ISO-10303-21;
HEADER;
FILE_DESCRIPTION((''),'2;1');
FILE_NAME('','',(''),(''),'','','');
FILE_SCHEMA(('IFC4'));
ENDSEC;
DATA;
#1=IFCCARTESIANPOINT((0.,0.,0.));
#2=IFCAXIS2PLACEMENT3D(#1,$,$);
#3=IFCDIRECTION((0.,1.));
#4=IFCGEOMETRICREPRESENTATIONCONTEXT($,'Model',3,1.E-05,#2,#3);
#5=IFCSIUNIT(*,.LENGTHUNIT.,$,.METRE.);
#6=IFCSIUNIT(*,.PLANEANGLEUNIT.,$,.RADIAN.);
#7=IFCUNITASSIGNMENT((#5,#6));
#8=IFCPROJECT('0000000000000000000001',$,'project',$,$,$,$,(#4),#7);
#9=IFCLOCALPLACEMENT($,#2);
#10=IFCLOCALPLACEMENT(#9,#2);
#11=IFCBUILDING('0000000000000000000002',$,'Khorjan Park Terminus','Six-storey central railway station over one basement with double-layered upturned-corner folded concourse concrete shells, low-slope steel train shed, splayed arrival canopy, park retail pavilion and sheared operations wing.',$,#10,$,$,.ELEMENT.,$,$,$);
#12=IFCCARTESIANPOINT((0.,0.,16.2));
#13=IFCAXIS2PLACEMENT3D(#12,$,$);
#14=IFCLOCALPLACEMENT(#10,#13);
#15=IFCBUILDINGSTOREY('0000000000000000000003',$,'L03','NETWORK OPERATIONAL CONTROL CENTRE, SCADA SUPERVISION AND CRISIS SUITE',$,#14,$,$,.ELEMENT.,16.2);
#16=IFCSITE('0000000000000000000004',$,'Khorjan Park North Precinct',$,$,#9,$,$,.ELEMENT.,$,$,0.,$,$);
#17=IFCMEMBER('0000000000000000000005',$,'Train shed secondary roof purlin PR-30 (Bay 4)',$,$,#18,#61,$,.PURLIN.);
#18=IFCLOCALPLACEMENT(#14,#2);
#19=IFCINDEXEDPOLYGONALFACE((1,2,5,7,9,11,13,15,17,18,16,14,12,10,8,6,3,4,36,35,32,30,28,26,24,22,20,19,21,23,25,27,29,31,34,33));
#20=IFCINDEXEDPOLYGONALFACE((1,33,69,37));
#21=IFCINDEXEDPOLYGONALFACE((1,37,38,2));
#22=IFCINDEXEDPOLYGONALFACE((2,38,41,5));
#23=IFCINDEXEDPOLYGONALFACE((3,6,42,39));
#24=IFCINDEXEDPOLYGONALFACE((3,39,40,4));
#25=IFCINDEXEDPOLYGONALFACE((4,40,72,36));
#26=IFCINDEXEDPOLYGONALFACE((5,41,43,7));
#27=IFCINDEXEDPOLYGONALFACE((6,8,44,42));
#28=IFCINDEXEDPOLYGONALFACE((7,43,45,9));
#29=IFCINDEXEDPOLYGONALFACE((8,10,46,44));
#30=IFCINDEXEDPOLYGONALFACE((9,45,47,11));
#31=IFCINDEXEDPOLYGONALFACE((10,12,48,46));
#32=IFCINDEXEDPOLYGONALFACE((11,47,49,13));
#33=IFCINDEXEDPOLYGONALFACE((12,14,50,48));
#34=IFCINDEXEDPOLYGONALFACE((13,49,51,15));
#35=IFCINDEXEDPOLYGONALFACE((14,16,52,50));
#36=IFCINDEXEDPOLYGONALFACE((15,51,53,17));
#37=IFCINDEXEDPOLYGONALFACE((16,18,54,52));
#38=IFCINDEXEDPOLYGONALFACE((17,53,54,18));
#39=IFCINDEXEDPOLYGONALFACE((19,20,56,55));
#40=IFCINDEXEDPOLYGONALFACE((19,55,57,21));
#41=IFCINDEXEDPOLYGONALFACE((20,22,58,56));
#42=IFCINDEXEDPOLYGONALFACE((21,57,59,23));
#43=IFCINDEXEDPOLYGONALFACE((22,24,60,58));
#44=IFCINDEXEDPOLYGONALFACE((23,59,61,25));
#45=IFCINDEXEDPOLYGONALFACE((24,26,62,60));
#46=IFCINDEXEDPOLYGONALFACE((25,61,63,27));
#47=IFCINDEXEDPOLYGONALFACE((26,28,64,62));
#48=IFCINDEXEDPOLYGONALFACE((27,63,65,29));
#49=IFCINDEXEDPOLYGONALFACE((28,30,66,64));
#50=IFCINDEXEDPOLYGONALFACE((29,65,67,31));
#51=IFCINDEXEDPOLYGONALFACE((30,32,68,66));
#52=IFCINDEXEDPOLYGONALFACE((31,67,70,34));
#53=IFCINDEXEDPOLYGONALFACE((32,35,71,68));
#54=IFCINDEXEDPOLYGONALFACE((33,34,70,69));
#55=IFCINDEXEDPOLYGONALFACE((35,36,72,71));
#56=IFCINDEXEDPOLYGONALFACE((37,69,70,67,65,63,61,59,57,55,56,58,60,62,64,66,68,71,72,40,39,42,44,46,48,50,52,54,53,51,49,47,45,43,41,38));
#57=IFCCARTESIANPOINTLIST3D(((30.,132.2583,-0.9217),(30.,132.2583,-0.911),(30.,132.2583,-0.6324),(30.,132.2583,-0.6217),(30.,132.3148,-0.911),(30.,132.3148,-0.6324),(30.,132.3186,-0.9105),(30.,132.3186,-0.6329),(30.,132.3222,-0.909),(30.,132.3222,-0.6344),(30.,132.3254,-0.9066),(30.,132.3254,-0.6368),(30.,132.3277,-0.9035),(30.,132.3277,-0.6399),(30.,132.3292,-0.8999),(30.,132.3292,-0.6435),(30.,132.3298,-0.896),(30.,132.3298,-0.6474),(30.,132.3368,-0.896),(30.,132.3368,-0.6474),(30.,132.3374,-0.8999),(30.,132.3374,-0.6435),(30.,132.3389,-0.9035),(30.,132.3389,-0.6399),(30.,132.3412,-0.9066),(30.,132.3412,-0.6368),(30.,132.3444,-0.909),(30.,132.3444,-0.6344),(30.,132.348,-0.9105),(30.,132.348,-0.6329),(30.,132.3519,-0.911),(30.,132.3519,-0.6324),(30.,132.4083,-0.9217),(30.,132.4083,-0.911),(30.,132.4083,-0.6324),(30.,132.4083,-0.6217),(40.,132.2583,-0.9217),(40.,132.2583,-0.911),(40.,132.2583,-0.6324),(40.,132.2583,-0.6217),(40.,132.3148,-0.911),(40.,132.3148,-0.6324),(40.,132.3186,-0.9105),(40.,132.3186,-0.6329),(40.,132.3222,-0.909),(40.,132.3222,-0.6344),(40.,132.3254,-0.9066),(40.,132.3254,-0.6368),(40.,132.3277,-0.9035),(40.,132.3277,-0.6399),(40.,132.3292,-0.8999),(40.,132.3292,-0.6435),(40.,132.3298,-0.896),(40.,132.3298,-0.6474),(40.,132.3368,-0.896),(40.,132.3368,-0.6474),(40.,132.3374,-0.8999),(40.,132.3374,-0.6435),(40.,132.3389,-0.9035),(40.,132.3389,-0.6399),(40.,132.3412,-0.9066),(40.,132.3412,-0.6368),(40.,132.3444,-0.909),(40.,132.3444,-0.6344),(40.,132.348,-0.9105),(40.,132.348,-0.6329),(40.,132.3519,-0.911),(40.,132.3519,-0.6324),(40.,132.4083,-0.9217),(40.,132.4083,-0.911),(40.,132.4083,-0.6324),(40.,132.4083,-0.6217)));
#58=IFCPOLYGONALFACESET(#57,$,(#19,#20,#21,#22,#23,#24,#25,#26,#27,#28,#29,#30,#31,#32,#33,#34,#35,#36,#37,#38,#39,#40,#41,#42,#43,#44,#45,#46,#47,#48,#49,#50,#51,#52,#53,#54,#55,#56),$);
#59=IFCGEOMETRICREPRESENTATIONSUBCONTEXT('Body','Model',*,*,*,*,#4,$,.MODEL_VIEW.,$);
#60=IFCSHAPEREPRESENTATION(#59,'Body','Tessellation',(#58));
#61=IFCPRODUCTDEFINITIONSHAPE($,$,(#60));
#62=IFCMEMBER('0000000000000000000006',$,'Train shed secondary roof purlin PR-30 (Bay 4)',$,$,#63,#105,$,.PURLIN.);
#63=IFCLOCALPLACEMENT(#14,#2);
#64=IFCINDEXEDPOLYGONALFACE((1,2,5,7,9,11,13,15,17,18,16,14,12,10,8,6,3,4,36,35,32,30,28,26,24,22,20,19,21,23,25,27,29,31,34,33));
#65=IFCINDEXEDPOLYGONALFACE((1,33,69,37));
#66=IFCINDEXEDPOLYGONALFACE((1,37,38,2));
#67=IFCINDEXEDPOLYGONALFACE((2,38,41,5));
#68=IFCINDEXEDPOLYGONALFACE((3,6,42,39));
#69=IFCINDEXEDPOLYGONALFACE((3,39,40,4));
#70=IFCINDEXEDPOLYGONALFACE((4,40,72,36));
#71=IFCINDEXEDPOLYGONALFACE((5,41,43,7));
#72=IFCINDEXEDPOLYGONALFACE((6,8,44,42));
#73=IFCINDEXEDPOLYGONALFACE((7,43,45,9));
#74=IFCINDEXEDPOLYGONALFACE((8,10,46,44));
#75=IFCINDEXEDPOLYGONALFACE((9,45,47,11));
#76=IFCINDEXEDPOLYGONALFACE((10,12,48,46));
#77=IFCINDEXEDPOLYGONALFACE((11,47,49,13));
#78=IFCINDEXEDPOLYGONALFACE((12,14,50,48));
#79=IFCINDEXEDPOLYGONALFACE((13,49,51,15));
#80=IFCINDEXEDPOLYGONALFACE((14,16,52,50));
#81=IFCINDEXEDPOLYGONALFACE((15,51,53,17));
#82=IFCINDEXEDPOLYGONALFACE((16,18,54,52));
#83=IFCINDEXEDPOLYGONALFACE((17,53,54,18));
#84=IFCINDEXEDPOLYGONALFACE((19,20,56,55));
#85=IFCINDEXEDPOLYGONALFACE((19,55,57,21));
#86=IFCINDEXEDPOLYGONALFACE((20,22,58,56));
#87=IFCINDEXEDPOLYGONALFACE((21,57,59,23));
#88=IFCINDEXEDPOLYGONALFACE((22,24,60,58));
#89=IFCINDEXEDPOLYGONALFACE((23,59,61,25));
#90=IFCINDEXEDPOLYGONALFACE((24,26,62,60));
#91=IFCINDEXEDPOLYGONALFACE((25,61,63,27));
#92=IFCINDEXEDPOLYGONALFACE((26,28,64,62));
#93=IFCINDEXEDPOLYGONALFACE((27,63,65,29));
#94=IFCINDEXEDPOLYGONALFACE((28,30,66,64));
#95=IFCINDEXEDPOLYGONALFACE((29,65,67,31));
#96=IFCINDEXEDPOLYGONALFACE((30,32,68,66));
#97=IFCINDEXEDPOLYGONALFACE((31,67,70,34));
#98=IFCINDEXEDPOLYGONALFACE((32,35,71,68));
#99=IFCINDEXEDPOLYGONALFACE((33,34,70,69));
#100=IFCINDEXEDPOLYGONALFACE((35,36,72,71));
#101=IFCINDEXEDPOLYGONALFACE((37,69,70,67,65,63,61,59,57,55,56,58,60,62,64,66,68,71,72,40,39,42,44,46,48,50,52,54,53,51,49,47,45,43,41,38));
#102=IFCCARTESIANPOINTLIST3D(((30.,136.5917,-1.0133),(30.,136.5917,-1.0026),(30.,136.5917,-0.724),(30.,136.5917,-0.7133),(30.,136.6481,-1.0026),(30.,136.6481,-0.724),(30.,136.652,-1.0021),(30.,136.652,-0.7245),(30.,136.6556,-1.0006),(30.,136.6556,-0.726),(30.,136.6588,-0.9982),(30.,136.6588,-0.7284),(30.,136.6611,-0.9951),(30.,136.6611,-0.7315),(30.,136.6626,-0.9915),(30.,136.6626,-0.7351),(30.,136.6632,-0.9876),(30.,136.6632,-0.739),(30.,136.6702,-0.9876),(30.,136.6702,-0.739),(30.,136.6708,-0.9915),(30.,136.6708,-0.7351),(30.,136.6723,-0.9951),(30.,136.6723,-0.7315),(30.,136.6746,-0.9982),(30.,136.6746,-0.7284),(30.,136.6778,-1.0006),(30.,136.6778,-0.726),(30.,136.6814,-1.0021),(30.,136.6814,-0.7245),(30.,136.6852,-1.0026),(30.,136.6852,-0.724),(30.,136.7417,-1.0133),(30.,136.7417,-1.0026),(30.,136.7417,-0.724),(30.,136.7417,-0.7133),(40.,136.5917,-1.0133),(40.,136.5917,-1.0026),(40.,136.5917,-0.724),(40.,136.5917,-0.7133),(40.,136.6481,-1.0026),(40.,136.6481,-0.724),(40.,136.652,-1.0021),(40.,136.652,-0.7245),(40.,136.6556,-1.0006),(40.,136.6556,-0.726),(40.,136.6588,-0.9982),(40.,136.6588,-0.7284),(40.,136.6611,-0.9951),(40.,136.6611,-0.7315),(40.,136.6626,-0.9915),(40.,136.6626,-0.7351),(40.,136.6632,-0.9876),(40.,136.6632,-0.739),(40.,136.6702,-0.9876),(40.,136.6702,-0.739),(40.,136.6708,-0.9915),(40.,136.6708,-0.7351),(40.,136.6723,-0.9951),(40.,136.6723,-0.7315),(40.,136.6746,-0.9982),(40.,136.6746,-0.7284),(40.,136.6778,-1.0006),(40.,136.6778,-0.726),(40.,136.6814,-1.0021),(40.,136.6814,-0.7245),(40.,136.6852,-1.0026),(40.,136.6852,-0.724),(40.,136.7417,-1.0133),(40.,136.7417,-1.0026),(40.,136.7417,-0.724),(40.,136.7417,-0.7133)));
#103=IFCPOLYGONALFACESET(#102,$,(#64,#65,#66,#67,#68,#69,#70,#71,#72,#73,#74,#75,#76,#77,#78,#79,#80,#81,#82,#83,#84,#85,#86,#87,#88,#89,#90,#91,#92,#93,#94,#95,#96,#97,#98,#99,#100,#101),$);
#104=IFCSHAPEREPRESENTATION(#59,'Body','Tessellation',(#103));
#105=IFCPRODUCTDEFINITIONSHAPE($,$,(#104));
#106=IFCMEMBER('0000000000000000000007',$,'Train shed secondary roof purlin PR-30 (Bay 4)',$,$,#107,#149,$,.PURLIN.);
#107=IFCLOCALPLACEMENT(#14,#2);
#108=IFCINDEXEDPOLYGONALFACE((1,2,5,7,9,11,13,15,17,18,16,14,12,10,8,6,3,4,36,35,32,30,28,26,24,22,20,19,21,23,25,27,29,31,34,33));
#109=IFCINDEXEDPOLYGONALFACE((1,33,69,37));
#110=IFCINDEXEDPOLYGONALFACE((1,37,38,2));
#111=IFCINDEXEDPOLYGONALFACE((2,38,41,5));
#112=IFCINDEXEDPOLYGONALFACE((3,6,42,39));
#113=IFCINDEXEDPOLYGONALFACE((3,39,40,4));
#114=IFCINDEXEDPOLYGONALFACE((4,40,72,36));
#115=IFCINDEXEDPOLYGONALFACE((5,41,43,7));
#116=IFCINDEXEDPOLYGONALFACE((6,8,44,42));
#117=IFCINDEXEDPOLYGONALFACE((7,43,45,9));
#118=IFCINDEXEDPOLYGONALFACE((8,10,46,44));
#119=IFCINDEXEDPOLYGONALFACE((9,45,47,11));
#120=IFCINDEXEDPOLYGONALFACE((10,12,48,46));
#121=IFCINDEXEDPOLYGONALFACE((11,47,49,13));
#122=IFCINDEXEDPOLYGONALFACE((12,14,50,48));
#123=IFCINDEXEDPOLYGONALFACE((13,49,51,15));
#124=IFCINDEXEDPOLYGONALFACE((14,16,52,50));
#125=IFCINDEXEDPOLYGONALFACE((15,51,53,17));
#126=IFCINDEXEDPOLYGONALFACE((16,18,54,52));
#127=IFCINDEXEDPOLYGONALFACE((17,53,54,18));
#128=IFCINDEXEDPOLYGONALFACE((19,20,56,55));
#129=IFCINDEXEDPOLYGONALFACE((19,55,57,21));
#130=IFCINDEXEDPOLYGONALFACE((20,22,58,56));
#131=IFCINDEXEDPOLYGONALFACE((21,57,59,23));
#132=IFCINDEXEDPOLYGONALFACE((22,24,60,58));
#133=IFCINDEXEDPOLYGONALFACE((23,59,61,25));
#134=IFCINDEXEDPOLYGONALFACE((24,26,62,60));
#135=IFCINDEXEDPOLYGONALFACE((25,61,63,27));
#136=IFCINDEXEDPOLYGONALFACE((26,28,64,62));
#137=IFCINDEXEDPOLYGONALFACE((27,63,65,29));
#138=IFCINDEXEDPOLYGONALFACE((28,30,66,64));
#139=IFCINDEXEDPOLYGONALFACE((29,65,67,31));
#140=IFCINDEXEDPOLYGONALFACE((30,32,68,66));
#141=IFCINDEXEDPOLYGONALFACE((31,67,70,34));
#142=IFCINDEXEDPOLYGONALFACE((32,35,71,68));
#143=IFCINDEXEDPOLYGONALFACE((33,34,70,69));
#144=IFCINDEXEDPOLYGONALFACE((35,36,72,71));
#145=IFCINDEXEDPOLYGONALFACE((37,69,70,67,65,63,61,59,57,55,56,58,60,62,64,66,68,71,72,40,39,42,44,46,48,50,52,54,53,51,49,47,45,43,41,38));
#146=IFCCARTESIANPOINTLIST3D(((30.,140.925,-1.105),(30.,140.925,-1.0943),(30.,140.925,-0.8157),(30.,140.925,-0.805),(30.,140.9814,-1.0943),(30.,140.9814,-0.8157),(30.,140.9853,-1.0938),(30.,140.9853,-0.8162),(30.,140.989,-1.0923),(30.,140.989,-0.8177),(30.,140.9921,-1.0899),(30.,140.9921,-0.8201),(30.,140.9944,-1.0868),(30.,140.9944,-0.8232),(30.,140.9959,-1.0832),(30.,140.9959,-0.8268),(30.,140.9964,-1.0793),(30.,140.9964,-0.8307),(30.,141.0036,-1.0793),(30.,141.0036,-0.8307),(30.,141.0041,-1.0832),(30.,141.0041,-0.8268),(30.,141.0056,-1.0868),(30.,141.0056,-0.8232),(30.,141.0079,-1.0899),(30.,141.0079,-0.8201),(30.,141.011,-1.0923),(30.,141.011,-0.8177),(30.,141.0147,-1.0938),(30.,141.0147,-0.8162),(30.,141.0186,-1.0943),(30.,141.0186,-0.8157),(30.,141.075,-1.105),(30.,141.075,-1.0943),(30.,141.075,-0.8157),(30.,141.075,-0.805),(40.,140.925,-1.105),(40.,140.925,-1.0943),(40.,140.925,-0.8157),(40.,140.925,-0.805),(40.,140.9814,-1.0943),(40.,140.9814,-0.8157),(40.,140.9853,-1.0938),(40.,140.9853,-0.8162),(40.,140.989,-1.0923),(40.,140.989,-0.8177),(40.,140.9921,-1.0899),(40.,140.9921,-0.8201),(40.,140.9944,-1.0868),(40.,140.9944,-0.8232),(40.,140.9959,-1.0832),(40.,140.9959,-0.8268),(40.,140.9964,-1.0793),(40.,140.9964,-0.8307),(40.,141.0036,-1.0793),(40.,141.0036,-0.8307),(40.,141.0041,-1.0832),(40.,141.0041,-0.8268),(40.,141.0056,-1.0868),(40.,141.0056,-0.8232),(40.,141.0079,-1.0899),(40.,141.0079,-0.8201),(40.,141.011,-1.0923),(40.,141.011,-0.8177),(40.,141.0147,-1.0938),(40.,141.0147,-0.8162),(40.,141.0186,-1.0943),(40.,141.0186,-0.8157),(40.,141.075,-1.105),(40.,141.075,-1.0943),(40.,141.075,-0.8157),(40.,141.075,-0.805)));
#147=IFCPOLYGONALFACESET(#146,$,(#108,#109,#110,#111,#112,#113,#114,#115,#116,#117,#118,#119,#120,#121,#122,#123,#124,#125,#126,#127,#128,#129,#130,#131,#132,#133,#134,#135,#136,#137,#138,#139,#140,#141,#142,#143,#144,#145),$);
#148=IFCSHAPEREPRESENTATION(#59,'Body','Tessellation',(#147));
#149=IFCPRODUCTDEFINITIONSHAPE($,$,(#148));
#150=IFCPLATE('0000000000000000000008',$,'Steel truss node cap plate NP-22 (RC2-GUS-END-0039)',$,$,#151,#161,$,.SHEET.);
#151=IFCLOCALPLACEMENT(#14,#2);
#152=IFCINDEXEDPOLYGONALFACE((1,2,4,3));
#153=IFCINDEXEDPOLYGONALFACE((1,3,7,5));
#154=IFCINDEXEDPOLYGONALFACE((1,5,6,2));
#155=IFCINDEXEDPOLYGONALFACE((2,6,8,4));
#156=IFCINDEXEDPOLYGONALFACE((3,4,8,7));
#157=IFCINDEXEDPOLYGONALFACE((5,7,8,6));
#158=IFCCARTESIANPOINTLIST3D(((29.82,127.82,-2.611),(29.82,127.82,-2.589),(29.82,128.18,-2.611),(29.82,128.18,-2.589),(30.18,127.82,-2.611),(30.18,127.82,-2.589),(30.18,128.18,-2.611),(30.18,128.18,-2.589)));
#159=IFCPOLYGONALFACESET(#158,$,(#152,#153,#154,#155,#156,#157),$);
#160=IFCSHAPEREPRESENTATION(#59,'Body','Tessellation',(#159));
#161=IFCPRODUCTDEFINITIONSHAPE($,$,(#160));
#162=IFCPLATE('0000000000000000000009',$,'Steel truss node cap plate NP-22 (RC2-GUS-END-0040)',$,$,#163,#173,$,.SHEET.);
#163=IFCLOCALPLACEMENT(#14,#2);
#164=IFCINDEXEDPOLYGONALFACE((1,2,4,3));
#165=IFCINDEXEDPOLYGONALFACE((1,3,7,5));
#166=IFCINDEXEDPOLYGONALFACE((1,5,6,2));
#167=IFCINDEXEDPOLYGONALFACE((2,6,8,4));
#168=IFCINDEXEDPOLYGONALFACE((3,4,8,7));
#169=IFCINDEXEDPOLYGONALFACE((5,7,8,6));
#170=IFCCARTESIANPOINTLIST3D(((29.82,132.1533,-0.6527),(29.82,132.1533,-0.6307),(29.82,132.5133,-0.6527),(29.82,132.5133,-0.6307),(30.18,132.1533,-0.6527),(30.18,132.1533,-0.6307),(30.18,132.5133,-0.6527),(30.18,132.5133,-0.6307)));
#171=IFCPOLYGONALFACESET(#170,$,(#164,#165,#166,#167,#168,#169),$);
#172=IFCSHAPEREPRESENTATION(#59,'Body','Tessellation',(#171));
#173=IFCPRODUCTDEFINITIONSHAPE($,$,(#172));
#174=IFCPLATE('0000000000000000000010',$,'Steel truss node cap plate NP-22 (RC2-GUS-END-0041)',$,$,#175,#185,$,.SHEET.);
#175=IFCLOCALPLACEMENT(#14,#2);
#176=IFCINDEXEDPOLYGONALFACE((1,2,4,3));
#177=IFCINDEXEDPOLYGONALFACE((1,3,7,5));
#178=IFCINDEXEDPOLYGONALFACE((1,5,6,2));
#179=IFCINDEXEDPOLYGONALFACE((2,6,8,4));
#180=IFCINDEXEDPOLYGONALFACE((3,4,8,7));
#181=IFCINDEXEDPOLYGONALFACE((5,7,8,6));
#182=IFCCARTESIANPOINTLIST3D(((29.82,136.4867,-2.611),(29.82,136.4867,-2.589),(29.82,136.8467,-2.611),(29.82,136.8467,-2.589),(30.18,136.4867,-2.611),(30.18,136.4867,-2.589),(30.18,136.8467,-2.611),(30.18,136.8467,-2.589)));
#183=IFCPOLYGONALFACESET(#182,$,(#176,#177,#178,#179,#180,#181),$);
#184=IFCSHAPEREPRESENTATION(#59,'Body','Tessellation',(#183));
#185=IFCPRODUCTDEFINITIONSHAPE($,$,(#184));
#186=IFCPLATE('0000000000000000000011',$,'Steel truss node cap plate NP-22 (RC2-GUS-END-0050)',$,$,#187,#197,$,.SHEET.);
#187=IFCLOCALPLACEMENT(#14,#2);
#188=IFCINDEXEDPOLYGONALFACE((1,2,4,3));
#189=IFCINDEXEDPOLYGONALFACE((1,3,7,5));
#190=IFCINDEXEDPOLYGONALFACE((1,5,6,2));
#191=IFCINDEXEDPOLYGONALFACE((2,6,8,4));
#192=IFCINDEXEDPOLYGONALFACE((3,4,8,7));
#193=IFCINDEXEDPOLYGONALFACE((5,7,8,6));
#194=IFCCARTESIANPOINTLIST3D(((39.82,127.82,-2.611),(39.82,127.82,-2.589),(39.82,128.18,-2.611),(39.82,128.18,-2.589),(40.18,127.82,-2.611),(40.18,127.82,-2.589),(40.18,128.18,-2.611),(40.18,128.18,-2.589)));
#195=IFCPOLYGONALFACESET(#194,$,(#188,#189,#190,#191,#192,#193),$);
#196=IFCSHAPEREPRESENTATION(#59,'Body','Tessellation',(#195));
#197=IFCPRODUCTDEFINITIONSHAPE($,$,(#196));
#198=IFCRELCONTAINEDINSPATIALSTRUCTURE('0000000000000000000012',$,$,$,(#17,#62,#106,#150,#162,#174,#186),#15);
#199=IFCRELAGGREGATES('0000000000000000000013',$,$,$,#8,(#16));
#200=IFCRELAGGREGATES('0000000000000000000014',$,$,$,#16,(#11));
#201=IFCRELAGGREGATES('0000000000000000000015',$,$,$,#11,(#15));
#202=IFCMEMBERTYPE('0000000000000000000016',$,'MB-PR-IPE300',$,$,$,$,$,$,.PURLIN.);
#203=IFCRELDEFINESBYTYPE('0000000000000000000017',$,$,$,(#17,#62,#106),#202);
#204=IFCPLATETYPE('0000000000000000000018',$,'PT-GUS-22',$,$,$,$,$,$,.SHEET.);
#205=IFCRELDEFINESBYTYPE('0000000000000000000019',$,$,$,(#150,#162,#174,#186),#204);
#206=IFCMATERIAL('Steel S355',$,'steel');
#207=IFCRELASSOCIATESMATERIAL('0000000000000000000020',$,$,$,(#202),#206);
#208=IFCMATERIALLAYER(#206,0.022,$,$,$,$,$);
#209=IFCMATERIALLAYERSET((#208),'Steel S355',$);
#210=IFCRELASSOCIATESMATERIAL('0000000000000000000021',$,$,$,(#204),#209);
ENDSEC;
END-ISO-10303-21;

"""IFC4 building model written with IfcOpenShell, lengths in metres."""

from ifc_helpers import new_model, si_unit, direction, frame, origin, origin_2d, place, context, subcontext, project, spatial, rectangle, i_section, extrude, material, layer, layer_set, material_profile, profile_set, type_object, element, save


model = new_model("IFC4")

# Units and contexts
model_context = context("Model", 3, precision=1e-05, world=origin(), true_north=direction((0.0, 1.0)))
body_context = subcontext(model_context, "Body", "Model", "MODEL_VIEW")
ifc_project = project(units=[si_unit("LENGTHUNIT", "METRE"), si_unit("PLANEANGLEUNIT", "RADIAN")], contexts=[model_context])

# Site, building, storey
site_placement = place(None, origin())
site = spatial("IfcSite", under=ifc_project, at=site_placement, Name="Khorjan Park North Precinct", CompositionType="ELEMENT", RefElevation=0.0)
building_placement = place(site_placement, origin())
building = spatial("IfcBuilding", under=site, at=building_placement, Name="Khorjan Park Terminus", Description="Six-storey central railway station over one basement with double-layered upturned-corner folded concourse concrete shells, low-slope steel train shed, splayed arrival canopy, park retail pavilion and sheared operations wing.", CompositionType="ELEMENT")
storey_placement = place(building_placement, frame((0.0, 0.0, 16.2)))
storey = spatial("IfcBuildingStorey", under=building, at=storey_placement, Name="L03", Description="NETWORK OPERATIONAL CONTROL CENTRE, SCADA SUPERVISION AND CRISIS SUITE", CompositionType="ELEMENT", Elevation=16.2)

# Members
ifc_material_1 = material(Name="Steel S355", Category="steel")
ifc_material_profile_1 = material_profile(ifc_material_1, i_section(OverallWidth=0.15, OverallDepth=0.3, WebThickness=0.0071, FlangeThickness=0.0107, FilletRadius=0.015, at=origin_2d()), Name="IPE 300")
ifc_profile_set_1 = profile_set([ifc_material_profile_1], Name="Steel S355")
member_type_1 = type_object("IfcMemberType", Name="MB-PR-IPE300", PredefinedType="PURLIN", material=ifc_profile_set_1)
for number, where, z_axis, x_axis, name in (
    (1, (30.0, 132.3333, -0.7717), (1.0, 0.0, 0.0), (0.0, 1.0, 0.0), "Train shed secondary roof purlin PR-30 (Bay 4)"),
    (2, (30.0, 136.6667, -0.8633), (1.0, 0.0, 0.0), (0.0, 1.0, 0.0), "Train shed secondary roof purlin PR-30 (Bay 4)"),
    (3, (30.0, 141.0, -0.955), (1.0, 0.0, 0.0), (0.0, 1.0, 0.0), "Train shed secondary roof purlin PR-30 (Bay 4)"),
):
    element("IfcMember", number, at=place(storey_placement, frame(where, z_axis=z_axis, x_axis=x_axis)), inside=storey, type_object=member_type_1, Name=name, PredefinedType="PURLIN", context=body_context, shape_type="SweptSolid", body=[
        extrude(i_section(OverallWidth=0.15, OverallDepth=0.3, WebThickness=0.0071, FlangeThickness=0.0107, FilletRadius=0.015, at=origin_2d()), origin(), (0.0, 0.0, 1.0), 10.0),
    ])

# Plates
ifc_layer_1 = layer(ifc_material_1, 0.022)
ifc_layer_set_1 = layer_set([ifc_layer_1], Name="Steel S355")
plate_type = type_object("IfcPlateType", Name="PT-GUS-22", PredefinedType="SHEET", material=ifc_layer_set_1)
for number, where, z_axis, x_axis, name in (
    (4, (30.0, 128.0, -2.611), (0.0, 0.0, 1.0), (1.0, 0.0, 0.0), "Steel truss node cap plate NP-22 (RC2-GUS-END-0039)"),
    (5, (30.0, 132.3333, -0.6527), (0.0, 0.0, 1.0), (1.0, 0.0, 0.0), "Steel truss node cap plate NP-22 (RC2-GUS-END-0040)"),
    (6, (30.0, 136.6667, -2.611), (0.0, 0.0, 1.0), (1.0, 0.0, 0.0), "Steel truss node cap plate NP-22 (RC2-GUS-END-0041)"),
    (7, (40.0, 128.0, -2.611), (0.0, 0.0, 1.0), (1.0, 0.0, 0.0), "Steel truss node cap plate NP-22 (RC2-GUS-END-0050)"),
):
    element("IfcPlate", number, at=place(storey_placement, frame(where, z_axis=z_axis, x_axis=x_axis)), inside=storey, type_object=plate_type, Name=name, PredefinedType="SHEET", context=body_context, shape_type="SweptSolid", body=[
        extrude(rectangle(XDim=0.36, YDim=0.36, at=origin_2d()), origin(), (0.0, 0.0, 1.0), 0.022),
    ])

save(model, "model.ifc")
